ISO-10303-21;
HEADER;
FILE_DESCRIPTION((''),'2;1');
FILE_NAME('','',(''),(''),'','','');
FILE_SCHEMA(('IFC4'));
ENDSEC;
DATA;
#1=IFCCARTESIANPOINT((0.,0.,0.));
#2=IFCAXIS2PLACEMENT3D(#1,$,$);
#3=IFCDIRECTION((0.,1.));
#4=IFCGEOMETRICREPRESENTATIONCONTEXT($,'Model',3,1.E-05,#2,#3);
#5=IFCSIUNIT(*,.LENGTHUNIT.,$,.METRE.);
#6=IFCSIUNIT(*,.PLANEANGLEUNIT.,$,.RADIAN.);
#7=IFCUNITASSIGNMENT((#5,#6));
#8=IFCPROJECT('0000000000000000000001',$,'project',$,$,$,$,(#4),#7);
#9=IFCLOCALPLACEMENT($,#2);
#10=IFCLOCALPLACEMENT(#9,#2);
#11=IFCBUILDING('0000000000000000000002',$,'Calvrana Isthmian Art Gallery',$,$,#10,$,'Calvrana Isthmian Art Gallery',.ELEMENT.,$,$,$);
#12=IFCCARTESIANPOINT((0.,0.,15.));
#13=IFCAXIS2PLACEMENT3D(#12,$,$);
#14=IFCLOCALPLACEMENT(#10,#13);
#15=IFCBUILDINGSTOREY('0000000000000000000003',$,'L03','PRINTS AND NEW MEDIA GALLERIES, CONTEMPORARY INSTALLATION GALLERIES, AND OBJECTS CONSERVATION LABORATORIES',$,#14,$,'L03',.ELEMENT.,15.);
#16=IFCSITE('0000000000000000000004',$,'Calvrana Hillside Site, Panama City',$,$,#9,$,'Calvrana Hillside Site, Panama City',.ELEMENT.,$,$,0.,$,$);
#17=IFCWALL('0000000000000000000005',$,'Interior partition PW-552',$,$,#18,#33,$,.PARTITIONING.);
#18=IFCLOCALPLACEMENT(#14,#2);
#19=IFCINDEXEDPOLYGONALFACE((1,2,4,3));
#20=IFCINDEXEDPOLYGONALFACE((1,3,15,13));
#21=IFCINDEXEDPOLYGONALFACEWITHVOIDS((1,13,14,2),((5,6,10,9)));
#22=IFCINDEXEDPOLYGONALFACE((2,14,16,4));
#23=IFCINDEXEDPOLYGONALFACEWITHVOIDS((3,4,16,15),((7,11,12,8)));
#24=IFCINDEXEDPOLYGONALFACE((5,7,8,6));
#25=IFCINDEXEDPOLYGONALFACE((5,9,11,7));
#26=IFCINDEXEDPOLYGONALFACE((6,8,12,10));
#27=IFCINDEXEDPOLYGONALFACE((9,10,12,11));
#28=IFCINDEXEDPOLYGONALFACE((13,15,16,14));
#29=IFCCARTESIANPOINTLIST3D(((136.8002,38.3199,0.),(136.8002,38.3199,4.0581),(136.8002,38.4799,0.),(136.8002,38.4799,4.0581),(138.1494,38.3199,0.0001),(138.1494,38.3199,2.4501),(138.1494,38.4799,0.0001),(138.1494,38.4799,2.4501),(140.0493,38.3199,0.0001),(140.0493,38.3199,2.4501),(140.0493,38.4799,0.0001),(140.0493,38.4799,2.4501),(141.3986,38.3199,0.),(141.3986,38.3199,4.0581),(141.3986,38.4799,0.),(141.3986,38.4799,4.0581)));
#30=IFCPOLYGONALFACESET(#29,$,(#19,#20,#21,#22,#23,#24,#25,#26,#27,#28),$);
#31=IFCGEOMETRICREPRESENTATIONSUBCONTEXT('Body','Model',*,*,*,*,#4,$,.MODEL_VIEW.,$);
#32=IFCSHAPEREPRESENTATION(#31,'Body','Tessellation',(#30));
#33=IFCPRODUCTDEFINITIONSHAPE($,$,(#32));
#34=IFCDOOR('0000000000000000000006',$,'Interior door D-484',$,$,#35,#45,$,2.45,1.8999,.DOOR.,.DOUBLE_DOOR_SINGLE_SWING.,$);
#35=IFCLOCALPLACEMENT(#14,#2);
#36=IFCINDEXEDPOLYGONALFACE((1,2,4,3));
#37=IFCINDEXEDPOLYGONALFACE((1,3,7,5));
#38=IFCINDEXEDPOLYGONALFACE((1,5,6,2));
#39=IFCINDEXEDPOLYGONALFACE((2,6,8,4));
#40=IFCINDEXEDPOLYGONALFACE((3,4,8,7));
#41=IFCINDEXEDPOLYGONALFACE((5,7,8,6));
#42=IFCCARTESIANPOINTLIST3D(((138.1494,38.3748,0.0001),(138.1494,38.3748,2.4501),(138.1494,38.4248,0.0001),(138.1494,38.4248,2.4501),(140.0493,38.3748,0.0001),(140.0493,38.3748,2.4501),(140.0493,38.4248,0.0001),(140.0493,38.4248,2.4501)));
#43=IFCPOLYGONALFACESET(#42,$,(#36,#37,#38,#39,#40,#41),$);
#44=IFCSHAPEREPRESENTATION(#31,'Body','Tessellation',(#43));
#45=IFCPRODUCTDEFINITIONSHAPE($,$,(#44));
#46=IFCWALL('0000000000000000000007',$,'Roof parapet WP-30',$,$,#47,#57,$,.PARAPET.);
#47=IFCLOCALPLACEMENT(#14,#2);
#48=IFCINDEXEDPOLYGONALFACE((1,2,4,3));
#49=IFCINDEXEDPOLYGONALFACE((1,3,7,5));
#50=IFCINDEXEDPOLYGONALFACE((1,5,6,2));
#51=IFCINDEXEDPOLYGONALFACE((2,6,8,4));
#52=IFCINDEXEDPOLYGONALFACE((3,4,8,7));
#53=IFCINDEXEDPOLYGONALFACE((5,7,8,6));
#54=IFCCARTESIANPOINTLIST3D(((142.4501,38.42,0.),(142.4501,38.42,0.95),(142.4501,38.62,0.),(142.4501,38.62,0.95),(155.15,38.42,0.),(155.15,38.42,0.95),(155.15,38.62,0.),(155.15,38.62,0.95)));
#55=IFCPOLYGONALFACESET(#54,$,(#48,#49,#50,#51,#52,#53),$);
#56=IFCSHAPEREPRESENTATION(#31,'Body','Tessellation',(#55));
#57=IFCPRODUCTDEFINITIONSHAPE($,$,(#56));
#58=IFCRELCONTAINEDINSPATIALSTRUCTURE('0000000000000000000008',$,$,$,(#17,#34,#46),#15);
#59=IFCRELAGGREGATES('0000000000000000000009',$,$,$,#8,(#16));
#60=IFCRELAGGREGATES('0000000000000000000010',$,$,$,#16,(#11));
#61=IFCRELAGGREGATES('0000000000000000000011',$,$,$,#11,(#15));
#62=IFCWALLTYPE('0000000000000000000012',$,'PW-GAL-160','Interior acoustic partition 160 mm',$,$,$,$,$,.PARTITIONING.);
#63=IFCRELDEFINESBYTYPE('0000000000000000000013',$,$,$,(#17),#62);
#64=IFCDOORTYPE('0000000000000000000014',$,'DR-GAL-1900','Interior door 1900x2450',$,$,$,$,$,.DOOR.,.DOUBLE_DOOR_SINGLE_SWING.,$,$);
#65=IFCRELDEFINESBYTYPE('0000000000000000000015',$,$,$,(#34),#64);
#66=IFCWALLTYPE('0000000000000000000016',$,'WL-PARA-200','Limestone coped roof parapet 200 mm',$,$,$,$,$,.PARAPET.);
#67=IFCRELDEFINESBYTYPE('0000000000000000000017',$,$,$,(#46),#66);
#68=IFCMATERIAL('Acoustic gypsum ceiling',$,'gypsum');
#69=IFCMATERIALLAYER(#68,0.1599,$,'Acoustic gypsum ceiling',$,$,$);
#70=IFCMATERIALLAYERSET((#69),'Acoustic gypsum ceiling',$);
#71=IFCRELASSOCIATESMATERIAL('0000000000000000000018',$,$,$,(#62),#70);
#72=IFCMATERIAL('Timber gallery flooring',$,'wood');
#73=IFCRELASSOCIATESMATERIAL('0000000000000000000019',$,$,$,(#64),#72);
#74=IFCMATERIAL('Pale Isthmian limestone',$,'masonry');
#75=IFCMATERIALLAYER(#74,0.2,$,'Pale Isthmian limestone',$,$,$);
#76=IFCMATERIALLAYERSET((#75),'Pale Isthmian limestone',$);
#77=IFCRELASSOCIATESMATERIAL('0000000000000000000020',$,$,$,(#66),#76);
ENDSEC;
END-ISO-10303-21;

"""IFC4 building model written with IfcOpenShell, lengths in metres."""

from ifc_helpers import new_model, si_unit, direction, frame, frame_2d, origin, place, context, subcontext, project, spatial, rectangle, extrude, material, layer, layer_set, type_object, element, fill, save


model = new_model("IFC4")

# Units and contexts
model_context = context("Model", 3, precision=1e-05, world=origin(), true_north=direction((0.0, 1.0)))
body_context = subcontext(model_context, "Body", "Model", "MODEL_VIEW")
ifc_project = project(units=[si_unit("LENGTHUNIT", "METRE"), si_unit("PLANEANGLEUNIT", "RADIAN")], contexts=[model_context])

# Site, building, storey
site_placement = place(None, origin())
site = spatial("IfcSite", under=ifc_project, at=site_placement, Name="Calvrana Hillside Site, Panama City", LongName="Calvrana Hillside Site, Panama City", CompositionType="ELEMENT", RefElevation=0.0)
building_placement = place(site_placement, origin())
building = spatial("IfcBuilding", under=site, at=building_placement, Name="Calvrana Isthmian Art Gallery", LongName="Calvrana Isthmian Art Gallery", CompositionType="ELEMENT")
storey_placement = place(building_placement, frame((0.0, 0.0, 15.0)))
storey = spatial("IfcBuildingStorey", under=building, at=storey_placement, Name="L03", Description="PRINTS AND NEW MEDIA GALLERIES, CONTEMPORARY INSTALLATION GALLERIES, AND OBJECTS CONSERVATION LABORATORIES", LongName="L03", CompositionType="ELEMENT", Elevation=15.0)

# Shared definitions
ifc_material_1 = material(Name="Pale Isthmian limestone", Category="masonry")

# Shared definitions
ifc_material_2 = material(Name="Acoustic gypsum ceiling", Category="gypsum")
ifc_layer_1 = layer(ifc_material_2, 0.1599, Name="Acoustic gypsum ceiling")
ifc_layer_set_1 = layer_set([ifc_layer_1], Name="Acoustic gypsum ceiling")
wall_type_1 = type_object("IfcWallType", Name="PW-GAL-160", Description="Interior acoustic partition 160 mm", PredefinedType="PARTITIONING", material=ifc_layer_set_1)

# Wall, opening, door
wall_1_placement = place(storey_placement, frame((136.8, 38.3999, 0.0), z_axis=(0.0, 0.0, 1.0), x_axis=(1.0, 0.0, 0.0)))
wall_1 = element("IfcWall", 1, at=wall_1_placement, inside=storey, type_object=wall_type_1, Name="Interior partition PW-552", PredefinedType="PARTITIONING", context=body_context, shape_type="SweptSolid", body=[
    extrude(rectangle(XDim=4.5984, YDim=0.1599, at=frame_2d((2.2993, 0.0))), origin(), (0.0, 0.0, 1.0), 4.0581),
])
opening_1_placement = place(wall_1_placement, frame((1.3494, 0.0, 0.0)))
opening_1 = element("IfcOpeningElement", 2, at=opening_1_placement, cuts=wall_1, PredefinedType="OPENING", context=body_context, shape_type="SweptSolid", body=[
    extrude(rectangle(XDim=1.8999, YDim=2.45, at=frame_2d((0.95, 1.2251))), frame((0.0, 0.0903, 0.0), z_axis=(0.0, -1.0, 0.0), x_axis=(1.0, 0.0, 0.0)), (0.0, 0.0, 1.0), 0.1804),
])
ifc_material_3 = material(Name="Timber gallery flooring", Category="wood")
door_type_1 = type_object("IfcDoorType", Name="DR-GAL-1900", Description="Interior door 1900x2450", OperationType="DOUBLE_DOOR_SINGLE_SWING", PredefinedType="DOOR", material=ifc_material_3)
door_1_placement = place(opening_1_placement, origin())
door_1 = element("IfcDoor", 3, at=door_1_placement, inside=storey, type_object=door_type_1, Name="Interior door D-484", OperationType="DOUBLE_DOOR_SINGLE_SWING", OverallHeight=2.45, OverallWidth=1.8999, PredefinedType="DOOR", context=body_context, shape_type="SweptSolid", body=[
    extrude(rectangle(XDim=1.8999, YDim=2.45, at=frame_2d((0.95, 1.2251))), frame((0.0, 0.0249, 0.0), z_axis=(0.0, -1.0, 0.0), x_axis=(1.0, 0.0, 0.0)), (0.0, 0.0, 1.0), 0.05),
])
fill(opening_1, door_1)

# Wall
ifc_layer_2 = layer(ifc_material_1, 0.2, Name="Pale Isthmian limestone")
ifc_layer_set_2 = layer_set([ifc_layer_2], Name="Pale Isthmian limestone")
wall_type_2 = type_object("IfcWallType", Name="WL-PARA-200", Description="Limestone coped roof parapet 200 mm", PredefinedType="PARAPET", material=ifc_layer_set_2)
wall_2_placement = place(storey_placement, frame((142.45, 38.52, 0.0), z_axis=(0.0, 0.0, 1.0), x_axis=(1.0, 0.0, 0.0)))
element("IfcWall", 4, at=wall_2_placement, inside=storey, type_object=wall_type_2, Name="Roof parapet WP-30", PredefinedType="PARAPET", context=body_context, shape_type="SweptSolid", body=[
    extrude(rectangle(XDim=12.7, YDim=0.2, at=frame_2d((6.3501, 0.0))), origin(), (0.0, 0.0, 1.0), 0.95),
])

save(model, "model.ifc")
